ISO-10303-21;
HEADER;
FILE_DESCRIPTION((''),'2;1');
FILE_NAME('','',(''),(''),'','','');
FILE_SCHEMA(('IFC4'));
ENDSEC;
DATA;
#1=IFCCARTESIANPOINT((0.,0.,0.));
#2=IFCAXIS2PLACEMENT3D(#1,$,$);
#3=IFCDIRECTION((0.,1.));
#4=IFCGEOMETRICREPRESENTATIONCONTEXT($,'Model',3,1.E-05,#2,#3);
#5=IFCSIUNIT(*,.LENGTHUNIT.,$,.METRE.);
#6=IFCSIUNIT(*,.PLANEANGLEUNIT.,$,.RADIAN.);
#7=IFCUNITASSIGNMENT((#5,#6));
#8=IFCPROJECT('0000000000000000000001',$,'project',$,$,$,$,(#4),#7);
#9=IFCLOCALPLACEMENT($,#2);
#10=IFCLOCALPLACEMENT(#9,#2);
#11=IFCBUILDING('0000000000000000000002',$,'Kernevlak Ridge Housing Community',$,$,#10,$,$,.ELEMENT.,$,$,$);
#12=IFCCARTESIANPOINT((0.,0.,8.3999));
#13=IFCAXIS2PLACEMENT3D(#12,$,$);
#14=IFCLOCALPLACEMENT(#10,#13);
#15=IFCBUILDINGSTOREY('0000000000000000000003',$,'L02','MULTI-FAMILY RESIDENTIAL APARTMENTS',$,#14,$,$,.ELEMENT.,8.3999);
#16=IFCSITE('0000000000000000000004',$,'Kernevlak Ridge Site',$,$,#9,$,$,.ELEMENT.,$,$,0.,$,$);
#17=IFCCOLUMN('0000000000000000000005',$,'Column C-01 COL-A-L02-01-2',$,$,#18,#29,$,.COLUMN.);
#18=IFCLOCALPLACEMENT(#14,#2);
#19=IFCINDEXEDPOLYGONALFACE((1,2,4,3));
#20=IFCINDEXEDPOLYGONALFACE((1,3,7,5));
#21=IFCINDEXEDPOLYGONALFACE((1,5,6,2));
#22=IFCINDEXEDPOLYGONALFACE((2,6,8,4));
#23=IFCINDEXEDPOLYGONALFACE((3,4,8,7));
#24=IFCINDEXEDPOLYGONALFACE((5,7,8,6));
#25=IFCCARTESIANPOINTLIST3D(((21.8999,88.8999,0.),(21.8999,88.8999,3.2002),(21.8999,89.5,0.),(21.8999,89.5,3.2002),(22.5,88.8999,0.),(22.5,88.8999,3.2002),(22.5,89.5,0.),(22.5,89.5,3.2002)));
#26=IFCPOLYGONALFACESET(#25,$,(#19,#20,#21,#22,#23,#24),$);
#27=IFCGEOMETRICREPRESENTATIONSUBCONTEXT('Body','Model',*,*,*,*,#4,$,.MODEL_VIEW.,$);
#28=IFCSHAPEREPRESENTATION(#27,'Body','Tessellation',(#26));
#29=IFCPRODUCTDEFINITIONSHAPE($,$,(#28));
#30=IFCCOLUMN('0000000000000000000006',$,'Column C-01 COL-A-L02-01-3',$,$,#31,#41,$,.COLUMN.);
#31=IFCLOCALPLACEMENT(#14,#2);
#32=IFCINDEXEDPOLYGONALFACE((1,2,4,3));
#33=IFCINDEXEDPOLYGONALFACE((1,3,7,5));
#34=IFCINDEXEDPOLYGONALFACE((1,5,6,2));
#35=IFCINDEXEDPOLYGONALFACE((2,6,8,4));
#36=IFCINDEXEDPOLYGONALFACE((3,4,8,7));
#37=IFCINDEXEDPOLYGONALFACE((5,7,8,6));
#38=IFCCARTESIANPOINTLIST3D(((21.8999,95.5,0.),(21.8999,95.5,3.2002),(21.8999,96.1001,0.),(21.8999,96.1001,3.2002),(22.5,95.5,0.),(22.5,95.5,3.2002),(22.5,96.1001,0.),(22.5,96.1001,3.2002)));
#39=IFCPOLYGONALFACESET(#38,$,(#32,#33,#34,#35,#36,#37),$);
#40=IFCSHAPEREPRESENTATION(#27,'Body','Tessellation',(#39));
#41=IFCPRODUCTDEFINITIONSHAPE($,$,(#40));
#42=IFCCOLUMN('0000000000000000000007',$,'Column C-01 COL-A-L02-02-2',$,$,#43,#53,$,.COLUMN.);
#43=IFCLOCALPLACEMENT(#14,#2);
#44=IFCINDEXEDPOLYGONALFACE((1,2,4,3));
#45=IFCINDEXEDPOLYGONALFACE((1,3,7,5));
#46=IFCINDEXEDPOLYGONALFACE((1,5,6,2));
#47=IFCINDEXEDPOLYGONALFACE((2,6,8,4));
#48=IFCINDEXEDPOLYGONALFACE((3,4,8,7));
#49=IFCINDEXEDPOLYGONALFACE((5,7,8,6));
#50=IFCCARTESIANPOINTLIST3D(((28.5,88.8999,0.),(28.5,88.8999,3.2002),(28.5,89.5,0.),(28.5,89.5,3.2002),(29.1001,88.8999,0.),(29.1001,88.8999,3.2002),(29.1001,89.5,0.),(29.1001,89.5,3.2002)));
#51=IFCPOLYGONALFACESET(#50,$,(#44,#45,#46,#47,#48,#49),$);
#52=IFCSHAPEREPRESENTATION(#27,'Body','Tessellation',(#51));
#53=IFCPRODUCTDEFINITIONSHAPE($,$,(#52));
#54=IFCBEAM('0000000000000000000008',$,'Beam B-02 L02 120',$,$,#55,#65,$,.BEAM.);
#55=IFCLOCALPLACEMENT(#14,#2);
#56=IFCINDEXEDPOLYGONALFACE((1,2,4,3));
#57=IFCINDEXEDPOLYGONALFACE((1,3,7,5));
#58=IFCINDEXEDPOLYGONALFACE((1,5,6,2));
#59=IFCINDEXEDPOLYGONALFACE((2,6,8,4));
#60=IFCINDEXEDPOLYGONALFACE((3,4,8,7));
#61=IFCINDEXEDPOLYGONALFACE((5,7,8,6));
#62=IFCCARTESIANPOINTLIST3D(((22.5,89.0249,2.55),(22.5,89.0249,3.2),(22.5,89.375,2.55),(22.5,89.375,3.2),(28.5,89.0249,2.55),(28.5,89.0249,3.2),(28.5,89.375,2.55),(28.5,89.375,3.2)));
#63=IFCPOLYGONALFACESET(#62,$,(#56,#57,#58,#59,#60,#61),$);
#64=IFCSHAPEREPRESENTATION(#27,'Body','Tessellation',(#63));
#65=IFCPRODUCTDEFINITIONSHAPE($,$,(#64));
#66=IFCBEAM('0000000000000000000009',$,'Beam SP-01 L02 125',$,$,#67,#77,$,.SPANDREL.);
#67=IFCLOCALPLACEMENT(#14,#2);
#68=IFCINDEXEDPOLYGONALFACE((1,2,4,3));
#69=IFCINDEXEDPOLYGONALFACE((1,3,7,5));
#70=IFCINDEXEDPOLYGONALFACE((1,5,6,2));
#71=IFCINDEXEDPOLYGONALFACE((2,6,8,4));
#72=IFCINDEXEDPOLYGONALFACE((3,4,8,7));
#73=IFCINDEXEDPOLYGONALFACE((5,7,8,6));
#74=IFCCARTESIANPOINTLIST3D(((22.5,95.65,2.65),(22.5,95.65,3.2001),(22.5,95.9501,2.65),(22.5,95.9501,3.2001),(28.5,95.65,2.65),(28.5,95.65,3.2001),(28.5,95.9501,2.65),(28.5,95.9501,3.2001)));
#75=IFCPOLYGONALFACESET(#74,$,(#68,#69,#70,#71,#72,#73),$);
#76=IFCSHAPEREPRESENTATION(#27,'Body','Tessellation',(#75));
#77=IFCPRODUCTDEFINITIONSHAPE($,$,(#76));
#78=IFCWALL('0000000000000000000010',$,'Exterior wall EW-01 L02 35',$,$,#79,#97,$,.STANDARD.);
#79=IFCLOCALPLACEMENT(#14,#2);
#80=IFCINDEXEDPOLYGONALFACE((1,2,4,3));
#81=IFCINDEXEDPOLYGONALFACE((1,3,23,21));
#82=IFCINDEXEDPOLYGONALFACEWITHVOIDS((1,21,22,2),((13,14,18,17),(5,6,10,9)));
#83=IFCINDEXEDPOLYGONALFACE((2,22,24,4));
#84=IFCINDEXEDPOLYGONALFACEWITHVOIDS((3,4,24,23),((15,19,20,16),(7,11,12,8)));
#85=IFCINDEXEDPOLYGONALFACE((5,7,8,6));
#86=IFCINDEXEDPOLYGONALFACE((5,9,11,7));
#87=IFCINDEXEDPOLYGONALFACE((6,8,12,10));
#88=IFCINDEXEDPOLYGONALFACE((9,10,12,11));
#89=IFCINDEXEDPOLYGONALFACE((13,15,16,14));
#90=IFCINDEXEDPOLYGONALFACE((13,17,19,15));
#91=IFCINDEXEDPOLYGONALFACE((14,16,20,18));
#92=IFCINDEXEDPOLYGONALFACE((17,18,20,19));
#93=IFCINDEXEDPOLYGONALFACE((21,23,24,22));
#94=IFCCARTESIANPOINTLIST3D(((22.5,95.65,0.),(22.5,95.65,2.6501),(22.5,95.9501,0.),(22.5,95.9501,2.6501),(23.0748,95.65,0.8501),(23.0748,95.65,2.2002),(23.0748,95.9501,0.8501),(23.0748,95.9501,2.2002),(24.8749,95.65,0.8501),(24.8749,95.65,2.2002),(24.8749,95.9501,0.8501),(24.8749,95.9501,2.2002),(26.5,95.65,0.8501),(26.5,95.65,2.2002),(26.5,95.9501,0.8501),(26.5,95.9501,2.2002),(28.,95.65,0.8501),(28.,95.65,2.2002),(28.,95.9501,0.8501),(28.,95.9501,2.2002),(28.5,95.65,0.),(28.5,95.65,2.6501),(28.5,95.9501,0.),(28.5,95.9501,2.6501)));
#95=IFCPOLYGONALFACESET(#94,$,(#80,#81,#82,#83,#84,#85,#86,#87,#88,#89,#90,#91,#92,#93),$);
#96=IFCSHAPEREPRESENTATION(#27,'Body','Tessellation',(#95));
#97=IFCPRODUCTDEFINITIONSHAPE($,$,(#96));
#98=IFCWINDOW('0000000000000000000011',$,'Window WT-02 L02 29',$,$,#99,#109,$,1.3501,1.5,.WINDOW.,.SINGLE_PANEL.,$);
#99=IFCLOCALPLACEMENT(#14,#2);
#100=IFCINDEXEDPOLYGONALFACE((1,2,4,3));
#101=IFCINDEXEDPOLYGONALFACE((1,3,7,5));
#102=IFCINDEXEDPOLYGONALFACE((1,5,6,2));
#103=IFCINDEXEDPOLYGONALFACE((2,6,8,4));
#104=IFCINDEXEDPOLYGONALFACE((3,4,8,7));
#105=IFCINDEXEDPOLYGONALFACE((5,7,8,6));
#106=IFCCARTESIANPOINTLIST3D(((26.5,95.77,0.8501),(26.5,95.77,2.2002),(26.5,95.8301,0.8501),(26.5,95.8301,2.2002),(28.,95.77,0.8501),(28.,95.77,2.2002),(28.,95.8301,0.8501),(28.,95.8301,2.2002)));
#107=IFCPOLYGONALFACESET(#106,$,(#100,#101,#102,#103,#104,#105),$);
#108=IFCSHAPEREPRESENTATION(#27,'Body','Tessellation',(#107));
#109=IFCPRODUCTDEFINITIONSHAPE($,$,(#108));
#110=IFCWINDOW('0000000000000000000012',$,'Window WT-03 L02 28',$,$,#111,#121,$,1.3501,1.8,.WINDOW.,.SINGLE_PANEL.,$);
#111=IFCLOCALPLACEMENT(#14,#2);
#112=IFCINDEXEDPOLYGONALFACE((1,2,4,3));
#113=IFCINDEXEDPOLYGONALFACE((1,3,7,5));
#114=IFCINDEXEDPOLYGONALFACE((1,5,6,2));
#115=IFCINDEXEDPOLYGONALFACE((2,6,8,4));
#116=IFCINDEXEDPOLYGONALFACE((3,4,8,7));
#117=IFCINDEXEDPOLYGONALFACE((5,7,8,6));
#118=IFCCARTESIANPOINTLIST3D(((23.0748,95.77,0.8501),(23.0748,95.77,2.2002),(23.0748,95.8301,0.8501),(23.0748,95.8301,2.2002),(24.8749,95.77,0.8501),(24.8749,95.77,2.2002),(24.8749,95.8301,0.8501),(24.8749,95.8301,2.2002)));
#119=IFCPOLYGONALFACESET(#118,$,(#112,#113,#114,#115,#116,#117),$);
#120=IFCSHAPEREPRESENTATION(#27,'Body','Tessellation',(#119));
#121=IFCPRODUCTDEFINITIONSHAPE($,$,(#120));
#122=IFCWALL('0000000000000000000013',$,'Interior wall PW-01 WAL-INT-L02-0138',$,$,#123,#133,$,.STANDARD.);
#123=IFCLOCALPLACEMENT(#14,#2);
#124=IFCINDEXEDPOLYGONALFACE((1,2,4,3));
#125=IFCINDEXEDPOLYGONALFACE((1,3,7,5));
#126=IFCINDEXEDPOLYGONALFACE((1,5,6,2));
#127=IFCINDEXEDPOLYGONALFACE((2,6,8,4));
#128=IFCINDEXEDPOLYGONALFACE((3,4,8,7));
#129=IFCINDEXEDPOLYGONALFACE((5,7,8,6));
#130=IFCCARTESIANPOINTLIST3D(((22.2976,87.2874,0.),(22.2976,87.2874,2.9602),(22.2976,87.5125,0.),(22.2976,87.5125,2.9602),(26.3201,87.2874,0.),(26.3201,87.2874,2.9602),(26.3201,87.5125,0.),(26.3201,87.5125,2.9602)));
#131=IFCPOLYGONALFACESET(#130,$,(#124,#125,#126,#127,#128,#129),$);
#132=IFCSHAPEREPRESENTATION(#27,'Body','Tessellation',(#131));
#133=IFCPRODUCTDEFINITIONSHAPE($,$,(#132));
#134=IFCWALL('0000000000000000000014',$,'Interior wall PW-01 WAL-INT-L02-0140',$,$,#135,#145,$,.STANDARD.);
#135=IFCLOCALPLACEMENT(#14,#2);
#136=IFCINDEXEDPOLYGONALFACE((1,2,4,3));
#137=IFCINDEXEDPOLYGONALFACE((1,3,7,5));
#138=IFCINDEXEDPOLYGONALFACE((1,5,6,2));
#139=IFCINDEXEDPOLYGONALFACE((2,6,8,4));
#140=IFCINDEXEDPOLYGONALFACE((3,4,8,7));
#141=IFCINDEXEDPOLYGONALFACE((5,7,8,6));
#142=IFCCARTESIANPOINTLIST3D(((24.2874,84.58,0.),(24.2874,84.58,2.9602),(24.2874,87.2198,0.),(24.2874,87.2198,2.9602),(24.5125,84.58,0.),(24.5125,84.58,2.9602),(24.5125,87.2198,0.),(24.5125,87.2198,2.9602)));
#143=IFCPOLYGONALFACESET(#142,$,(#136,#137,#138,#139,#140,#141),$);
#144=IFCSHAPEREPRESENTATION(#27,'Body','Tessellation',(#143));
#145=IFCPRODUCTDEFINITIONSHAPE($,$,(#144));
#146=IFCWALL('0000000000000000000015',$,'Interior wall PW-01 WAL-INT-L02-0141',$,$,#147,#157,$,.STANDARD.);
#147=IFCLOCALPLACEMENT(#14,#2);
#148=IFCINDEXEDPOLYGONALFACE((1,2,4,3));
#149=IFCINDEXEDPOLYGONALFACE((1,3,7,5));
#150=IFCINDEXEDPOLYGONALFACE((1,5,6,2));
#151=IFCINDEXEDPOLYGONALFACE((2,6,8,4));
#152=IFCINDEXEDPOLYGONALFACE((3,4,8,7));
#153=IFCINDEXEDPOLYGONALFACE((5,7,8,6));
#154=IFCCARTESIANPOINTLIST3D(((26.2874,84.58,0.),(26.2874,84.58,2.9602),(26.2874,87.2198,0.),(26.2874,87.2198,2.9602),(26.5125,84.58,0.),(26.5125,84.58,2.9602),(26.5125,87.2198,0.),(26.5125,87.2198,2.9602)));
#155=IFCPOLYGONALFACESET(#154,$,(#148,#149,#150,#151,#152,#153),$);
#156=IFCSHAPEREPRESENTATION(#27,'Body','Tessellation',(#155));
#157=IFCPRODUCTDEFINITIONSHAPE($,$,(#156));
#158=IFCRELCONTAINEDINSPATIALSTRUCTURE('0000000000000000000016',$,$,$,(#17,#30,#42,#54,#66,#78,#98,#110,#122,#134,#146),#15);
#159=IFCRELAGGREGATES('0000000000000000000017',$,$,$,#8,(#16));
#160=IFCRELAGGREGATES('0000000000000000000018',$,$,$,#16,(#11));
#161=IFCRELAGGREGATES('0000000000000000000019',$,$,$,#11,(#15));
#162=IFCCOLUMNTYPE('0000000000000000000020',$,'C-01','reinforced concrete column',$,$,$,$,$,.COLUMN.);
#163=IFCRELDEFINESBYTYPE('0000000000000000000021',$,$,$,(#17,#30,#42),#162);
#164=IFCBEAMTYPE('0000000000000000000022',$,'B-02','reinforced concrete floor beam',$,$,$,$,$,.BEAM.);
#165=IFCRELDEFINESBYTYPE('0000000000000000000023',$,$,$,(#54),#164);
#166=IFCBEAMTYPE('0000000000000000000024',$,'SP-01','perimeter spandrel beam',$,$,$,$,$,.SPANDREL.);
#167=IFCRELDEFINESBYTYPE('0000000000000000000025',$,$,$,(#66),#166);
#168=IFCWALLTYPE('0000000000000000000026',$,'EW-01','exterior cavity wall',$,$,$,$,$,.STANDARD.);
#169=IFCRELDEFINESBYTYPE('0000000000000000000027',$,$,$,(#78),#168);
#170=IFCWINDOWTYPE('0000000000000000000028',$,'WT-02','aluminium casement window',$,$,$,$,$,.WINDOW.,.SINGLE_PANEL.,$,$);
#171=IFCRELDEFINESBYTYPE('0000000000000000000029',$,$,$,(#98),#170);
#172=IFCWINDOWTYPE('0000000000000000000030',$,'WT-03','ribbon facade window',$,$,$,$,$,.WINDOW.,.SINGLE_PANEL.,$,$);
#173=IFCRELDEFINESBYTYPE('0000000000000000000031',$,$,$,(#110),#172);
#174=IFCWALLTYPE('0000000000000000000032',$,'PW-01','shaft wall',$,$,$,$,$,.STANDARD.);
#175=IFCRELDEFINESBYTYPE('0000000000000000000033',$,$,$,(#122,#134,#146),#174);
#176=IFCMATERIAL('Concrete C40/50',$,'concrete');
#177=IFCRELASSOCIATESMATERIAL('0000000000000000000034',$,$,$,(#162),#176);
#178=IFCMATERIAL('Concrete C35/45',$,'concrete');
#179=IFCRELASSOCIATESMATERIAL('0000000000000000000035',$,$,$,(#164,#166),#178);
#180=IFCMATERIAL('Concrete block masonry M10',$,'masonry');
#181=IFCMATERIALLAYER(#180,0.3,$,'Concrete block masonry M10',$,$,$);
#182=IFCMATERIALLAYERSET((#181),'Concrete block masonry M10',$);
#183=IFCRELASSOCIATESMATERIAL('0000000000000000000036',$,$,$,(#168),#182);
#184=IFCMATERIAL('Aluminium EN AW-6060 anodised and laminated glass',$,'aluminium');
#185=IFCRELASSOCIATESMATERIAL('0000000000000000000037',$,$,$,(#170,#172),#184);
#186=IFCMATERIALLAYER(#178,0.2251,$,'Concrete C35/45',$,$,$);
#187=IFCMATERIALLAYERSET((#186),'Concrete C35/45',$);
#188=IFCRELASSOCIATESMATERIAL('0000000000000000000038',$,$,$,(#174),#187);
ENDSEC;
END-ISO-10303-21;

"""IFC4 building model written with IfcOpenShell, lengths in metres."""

from ifc_helpers import new_model, si_unit, direction, frame, frame_2d, origin, origin_2d, place, context, subcontext, project, spatial, rectangle, extrude, material, layer, layer_set, material_profile, profile_set, type_object, element, fill, save


model = new_model("IFC4")

# Units and contexts
model_context = context("Model", 3, precision=1e-05, world=origin(), true_north=direction((0.0, 1.0)))
body_context = subcontext(model_context, "Body", "Model", "MODEL_VIEW")
ifc_project = project(units=[si_unit("LENGTHUNIT", "METRE"), si_unit("PLANEANGLEUNIT", "RADIAN")], contexts=[model_context])

# Site, building, storey
site_placement = place(None, origin())
site = spatial("IfcSite", under=ifc_project, at=site_placement, Name="Kernevlak Ridge Site", CompositionType="ELEMENT", RefElevation=0.0)
building_placement = place(site_placement, origin())
building = spatial("IfcBuilding", under=site, at=building_placement, Name="Kernevlak Ridge Housing Community", CompositionType="ELEMENT")
storey_placement = place(building_placement, frame((0.0, 0.0, 8.3999)))
storey = spatial("IfcBuildingStorey", under=building, at=storey_placement, Name="L02", Description="MULTI-FAMILY RESIDENTIAL APARTMENTS", CompositionType="ELEMENT", Elevation=8.3999)

# Columns
ifc_material_1 = material(Name="Concrete C40/50", Category="concrete")
ifc_material_profile_1 = material_profile(ifc_material_1, rectangle(XDim=0.6001, YDim=0.6001, at=origin_2d()), Name="RC 600x600")
ifc_profile_set_1 = profile_set([ifc_material_profile_1], Name="Concrete C40/50")
column_type = type_object("IfcColumnType", Name="C-01", Description="reinforced concrete column", PredefinedType="COLUMN", material=ifc_profile_set_1)
for number, where, z_axis, x_axis, name in (
    (1, (22.2, 89.2, 0.0), (0.0, 0.0, 1.0), (1.0, 0.0, 0.0), "Column C-01 COL-A-L02-01-2"),
    (2, (22.2, 95.8, 0.0), (0.0, 0.0, 1.0), (1.0, 0.0, 0.0), "Column C-01 COL-A-L02-01-3"),
    (3, (28.8, 89.2, 0.0), (0.0, 0.0, 1.0), (1.0, 0.0, 0.0), "Column C-01 COL-A-L02-02-2"),
):
    element("IfcColumn", number, at=place(storey_placement, frame(where, z_axis=z_axis, x_axis=x_axis)), inside=storey, type_object=column_type, Name=name, PredefinedType="COLUMN", context=body_context, shape_type="SweptSolid", body=[
        extrude(rectangle(XDim=0.6001, YDim=0.6001, at=origin_2d()), origin(), (0.0, 0.0, 1.0), 3.2002),
    ])

# Beams
ifc_material_2 = material(Name="Concrete C35/45", Category="concrete")
ifc_material_profile_2 = material_profile(ifc_material_2, rectangle(XDim=0.3501, YDim=0.6499, at=origin_2d()), Name="RC 350x650")
ifc_profile_set_2 = profile_set([ifc_material_profile_2], Name="Concrete C35/45")
beam_type_1 = type_object("IfcBeamType", Name="B-02", Description="reinforced concrete floor beam", PredefinedType="BEAM", material=ifc_profile_set_2)
beam_1_placement = place(storey_placement, frame((22.5, 89.2, 2.875), z_axis=(1.0, 0.0, 0.0), x_axis=(0.0, 1.0, 0.0)))
element("IfcBeam", 4, at=beam_1_placement, inside=storey, type_object=beam_type_1, Name="Beam B-02 L02 120", PredefinedType="BEAM", context=body_context, shape_type="SweptSolid", body=[
    extrude(rectangle(XDim=0.3501, YDim=0.6499, at=origin_2d()), origin(), (0.0, 0.0, 1.0), 6.0),
])
ifc_material_profile_3 = material_profile(ifc_material_2, rectangle(XDim=0.3, YDim=0.55, at=origin_2d()), Name="RC 300x550")
ifc_profile_set_3 = profile_set([ifc_material_profile_3], Name="Concrete C35/45")
beam_type_2 = type_object("IfcBeamType", Name="SP-01", Description="perimeter spandrel beam", PredefinedType="SPANDREL", material=ifc_profile_set_3)
beam_2_placement = place(storey_placement, frame((22.5, 95.8, 2.925), z_axis=(1.0, 0.0, 0.0), x_axis=(0.0, 1.0, 0.0)))
element("IfcBeam", 5, at=beam_2_placement, inside=storey, type_object=beam_type_2, Name="Beam SP-01 L02 125", PredefinedType="SPANDREL", context=body_context, shape_type="SweptSolid", body=[
    extrude(rectangle(XDim=0.3, YDim=0.55, at=origin_2d()), origin(), (0.0, 0.0, 1.0), 6.0),
])

# Wall, openings, windows
ifc_material_3 = material(Name="Concrete block masonry M10", Category="masonry")
ifc_layer_1 = layer(ifc_material_3, 0.3, Name="Concrete block masonry M10")
ifc_layer_set_1 = layer_set([ifc_layer_1], Name="Concrete block masonry M10")
wall_type_1 = type_object("IfcWallType", Name="EW-01", Description="exterior cavity wall", PredefinedType="STANDARD", material=ifc_layer_set_1)
wall_1_placement = place(storey_placement, frame((22.5, 95.8, 0.0), z_axis=(0.0, 0.0, 1.0), x_axis=(1.0, 0.0, 0.0)))
wall_1 = element("IfcWall", 6, at=wall_1_placement, inside=storey, type_object=wall_type_1, Name="Exterior wall EW-01 L02 35", PredefinedType="STANDARD", context=body_context, shape_type="SweptSolid", body=[
    extrude(rectangle(XDim=6.0, YDim=0.3, at=frame_2d((3.0, 0.0))), origin(), (0.0, 0.0, 1.0), 2.6501),
])
opening_1_placement = place(wall_1_placement, frame((0.575, 0.0, 0.8501)))
opening_1 = element("IfcOpeningElement", 7, at=opening_1_placement, cuts=wall_1, PredefinedType="OPENING", context=body_context, shape_type="SweptSolid", body=[
    extrude(rectangle(XDim=1.8, YDim=1.3501, at=frame_2d((0.8999, 0.675))), frame((0.0, 0.1599, 0.0), z_axis=(0.0, -1.0, 0.0), x_axis=(1.0, 0.0, 0.0)), (0.0, 0.0, 1.0), 0.3201),
])
opening_2_placement = place(wall_1_placement, frame((4.0, 0.0, 0.8501)))
opening_2 = element("IfcOpeningElement", 8, at=opening_2_placement, cuts=wall_1, PredefinedType="OPENING", context=body_context, shape_type="SweptSolid", body=[
    extrude(rectangle(XDim=1.5, YDim=1.3501, at=frame_2d((0.75, 0.675))), frame((0.0, 0.1599, 0.0), z_axis=(0.0, -1.0, 0.0), x_axis=(1.0, 0.0, 0.0)), (0.0, 0.0, 1.0), 0.3201),
])
ifc_material_4 = material(Name="Aluminium EN AW-6060 anodised and laminated glass", Category="aluminium")
window_type_1 = type_object("IfcWindowType", Name="WT-02", Description="aluminium casement window", PartitioningType="SINGLE_PANEL", PredefinedType="WINDOW", material=ifc_material_4)
window_1_placement = place(opening_2_placement, origin())
window_1 = element("IfcWindow", 9, at=window_1_placement, inside=storey, type_object=window_type_1, Name="Window WT-02 L02 29", OverallHeight=1.3501, OverallWidth=1.5, PartitioningType="SINGLE_PANEL", PredefinedType="WINDOW", context=body_context, shape_type="SweptSolid", body=[
    extrude(rectangle(XDim=1.5, YDim=1.3501, at=frame_2d((0.75, 0.675))), frame((0.0, 0.03, 0.0), z_axis=(0.0, -1.0, 0.0), x_axis=(1.0, 0.0, 0.0)), (0.0, 0.0, 1.0), 0.0601),
])
fill(opening_2, window_1)
window_type_2 = type_object("IfcWindowType", Name="WT-03", Description="ribbon facade window", PartitioningType="SINGLE_PANEL", PredefinedType="WINDOW", material=ifc_material_4)
window_2_placement = place(opening_1_placement, origin())
window_2 = element("IfcWindow", 10, at=window_2_placement, inside=storey, type_object=window_type_2, Name="Window WT-03 L02 28", OverallHeight=1.3501, OverallWidth=1.8, PartitioningType="SINGLE_PANEL", PredefinedType="WINDOW", context=body_context, shape_type="SweptSolid", body=[
    extrude(rectangle(XDim=1.8, YDim=1.3501, at=frame_2d((0.8999, 0.675))), frame((0.0, 0.03, 0.0), z_axis=(0.0, -1.0, 0.0), x_axis=(1.0, 0.0, 0.0)), (0.0, 0.0, 1.0), 0.0601),
])
fill(opening_1, window_2)

# Walls
ifc_layer_2 = layer(ifc_material_2, 0.2251, Name="Concrete C35/45")
ifc_layer_set_2 = layer_set([ifc_layer_2], Name="Concrete C35/45")
wall_type_2 = type_object("IfcWallType", Name="PW-01", Description="shaft wall", PredefinedType="STANDARD", material=ifc_layer_set_2)
wall_2_placement = place(storey_placement, frame((22.2976, 87.3999, 0.0), z_axis=(0.0, 0.0, 1.0), x_axis=(1.0, 0.0, 0.0)))
element("IfcWall", 11, at=wall_2_placement, inside=storey, type_object=wall_type_2, Name="Interior wall PW-01 WAL-INT-L02-0138", PredefinedType="STANDARD", context=body_context, shape_type="SweptSolid", body=[
    extrude(rectangle(XDim=4.0225, YDim=0.2251, at=frame_2d((2.0112, 0.0))), origin(), (0.0, 0.0, 1.0), 2.9602),
])
for number, where, z_axis, x_axis, name in (
    (12, (24.3999, 84.5801, 0.0), (0.0, 0.0, 1.0), (0.0, 1.0, 0.0), "Interior wall PW-01 WAL-INT-L02-0140"),
    (13, (26.3999, 84.5801, 0.0), (0.0, 0.0, 1.0), (0.0, 1.0, 0.0), "Interior wall PW-01 WAL-INT-L02-0141"),
):
    element("IfcWall", number, at=place(storey_placement, frame(where, z_axis=z_axis, x_axis=x_axis)), inside=storey, type_object=wall_type_2, Name=name, PredefinedType="STANDARD", context=body_context, shape_type="SweptSolid", body=[
        extrude(rectangle(XDim=2.6399, YDim=0.2251, at=frame_2d((1.3198, 0.0))), origin(), (0.0, 0.0, 1.0), 2.9602),
    ])

save(model, "model.ifc")
